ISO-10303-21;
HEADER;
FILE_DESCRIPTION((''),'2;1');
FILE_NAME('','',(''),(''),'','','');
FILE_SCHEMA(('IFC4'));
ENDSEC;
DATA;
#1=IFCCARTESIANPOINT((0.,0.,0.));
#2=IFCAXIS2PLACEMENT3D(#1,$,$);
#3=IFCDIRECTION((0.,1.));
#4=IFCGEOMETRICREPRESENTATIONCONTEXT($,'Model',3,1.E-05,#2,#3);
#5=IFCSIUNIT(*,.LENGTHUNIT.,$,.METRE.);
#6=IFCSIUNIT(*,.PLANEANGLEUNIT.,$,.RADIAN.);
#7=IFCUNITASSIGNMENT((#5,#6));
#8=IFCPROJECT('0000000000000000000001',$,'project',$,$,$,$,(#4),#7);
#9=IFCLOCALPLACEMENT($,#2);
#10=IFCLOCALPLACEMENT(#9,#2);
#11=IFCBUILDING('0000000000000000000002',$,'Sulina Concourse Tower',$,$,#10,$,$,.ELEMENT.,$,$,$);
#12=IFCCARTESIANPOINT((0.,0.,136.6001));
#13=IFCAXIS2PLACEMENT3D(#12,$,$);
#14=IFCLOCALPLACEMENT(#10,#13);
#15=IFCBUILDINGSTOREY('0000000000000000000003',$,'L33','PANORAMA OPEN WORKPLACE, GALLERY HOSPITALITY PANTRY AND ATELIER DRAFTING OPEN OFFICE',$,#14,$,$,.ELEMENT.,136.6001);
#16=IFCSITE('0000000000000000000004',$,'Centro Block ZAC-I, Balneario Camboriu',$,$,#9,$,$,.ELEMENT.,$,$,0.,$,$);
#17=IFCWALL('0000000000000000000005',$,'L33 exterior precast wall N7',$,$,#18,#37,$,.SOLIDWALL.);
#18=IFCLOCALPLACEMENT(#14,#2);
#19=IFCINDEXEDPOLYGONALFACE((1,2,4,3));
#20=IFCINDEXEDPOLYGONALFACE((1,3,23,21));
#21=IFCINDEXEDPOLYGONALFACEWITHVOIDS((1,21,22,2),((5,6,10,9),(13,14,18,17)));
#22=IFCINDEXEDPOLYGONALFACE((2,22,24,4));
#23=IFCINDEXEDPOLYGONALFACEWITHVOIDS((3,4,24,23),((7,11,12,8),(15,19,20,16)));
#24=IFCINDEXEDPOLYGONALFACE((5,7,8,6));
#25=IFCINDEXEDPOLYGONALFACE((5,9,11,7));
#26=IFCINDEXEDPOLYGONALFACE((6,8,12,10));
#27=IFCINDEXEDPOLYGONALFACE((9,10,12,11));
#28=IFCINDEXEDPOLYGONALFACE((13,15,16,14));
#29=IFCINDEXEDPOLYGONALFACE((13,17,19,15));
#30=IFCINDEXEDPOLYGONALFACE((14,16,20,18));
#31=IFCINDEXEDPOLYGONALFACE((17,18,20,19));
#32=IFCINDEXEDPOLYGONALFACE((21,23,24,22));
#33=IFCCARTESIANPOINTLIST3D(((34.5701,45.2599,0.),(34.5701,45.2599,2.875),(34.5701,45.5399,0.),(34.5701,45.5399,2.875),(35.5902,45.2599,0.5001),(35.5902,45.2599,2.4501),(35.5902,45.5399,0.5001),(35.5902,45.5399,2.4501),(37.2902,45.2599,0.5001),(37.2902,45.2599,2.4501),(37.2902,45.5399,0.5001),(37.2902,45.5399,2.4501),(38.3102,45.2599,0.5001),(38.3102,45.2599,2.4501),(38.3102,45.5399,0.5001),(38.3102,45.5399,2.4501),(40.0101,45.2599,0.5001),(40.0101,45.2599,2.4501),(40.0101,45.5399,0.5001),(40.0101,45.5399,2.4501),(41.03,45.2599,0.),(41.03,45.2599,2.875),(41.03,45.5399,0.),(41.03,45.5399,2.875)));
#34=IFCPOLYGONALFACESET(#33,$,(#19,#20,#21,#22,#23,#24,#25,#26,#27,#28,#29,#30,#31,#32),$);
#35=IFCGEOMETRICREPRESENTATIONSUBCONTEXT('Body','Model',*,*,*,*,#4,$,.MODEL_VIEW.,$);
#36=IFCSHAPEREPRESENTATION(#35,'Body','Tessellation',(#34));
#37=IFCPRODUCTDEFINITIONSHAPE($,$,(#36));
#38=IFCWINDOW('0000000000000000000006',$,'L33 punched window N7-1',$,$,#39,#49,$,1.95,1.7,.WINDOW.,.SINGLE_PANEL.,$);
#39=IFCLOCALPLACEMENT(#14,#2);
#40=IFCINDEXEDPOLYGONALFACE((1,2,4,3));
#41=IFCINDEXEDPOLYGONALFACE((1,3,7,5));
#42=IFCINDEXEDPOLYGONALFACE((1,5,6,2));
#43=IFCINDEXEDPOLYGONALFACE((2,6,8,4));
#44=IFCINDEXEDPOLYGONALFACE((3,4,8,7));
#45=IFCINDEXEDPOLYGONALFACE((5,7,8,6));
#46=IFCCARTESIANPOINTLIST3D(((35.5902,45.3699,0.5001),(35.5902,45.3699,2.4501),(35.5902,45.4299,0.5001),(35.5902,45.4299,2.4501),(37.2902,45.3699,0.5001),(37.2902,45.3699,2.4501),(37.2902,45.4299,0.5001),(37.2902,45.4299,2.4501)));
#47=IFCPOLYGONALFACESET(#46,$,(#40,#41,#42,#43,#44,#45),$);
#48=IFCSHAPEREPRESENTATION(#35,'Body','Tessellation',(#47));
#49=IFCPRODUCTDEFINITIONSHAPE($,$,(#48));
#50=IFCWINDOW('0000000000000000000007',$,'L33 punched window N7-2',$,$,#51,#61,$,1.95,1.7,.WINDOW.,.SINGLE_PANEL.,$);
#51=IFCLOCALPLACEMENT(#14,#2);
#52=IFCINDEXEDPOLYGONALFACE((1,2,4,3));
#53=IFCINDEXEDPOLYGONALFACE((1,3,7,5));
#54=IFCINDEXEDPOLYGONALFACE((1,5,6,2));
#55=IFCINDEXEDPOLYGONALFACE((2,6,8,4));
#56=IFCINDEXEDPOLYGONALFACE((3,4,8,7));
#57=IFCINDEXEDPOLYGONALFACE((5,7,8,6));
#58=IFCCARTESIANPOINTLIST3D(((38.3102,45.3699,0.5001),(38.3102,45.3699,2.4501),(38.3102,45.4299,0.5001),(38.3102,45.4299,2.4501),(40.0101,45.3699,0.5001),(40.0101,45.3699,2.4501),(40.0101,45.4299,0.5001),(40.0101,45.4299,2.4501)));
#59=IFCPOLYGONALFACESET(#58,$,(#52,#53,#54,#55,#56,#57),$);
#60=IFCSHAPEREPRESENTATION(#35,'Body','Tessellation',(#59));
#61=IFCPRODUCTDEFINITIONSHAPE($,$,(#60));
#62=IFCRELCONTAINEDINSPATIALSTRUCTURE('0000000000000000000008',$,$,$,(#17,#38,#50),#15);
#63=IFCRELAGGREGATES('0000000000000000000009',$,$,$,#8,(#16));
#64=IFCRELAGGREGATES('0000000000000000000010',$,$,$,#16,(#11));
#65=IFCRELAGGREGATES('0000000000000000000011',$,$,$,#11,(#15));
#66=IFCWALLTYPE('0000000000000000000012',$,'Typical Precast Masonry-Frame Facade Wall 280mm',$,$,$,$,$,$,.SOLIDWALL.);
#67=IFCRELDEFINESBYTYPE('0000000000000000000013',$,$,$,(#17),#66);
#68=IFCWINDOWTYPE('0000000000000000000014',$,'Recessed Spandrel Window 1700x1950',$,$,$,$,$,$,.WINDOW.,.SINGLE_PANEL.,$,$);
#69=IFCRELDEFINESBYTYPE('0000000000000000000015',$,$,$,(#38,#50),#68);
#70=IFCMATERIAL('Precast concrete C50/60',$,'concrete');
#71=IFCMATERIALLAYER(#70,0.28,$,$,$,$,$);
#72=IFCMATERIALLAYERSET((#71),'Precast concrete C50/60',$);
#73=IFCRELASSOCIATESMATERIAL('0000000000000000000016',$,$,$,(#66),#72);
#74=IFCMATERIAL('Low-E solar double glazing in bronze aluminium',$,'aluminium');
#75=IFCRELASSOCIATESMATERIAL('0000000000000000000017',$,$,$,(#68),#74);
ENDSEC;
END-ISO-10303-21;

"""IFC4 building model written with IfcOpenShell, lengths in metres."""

from ifc_helpers import new_model, si_unit, direction, frame, frame_2d, origin, place, context, subcontext, project, spatial, rectangle, extrude, material, layer, layer_set, type_object, element, fill, save


model = new_model("IFC4")

# Units and contexts
model_context = context("Model", 3, precision=1e-05, world=origin(), true_north=direction((0.0, 1.0)))
body_context = subcontext(model_context, "Body", "Model", "MODEL_VIEW")
ifc_project = project(units=[si_unit("LENGTHUNIT", "METRE"), si_unit("PLANEANGLEUNIT", "RADIAN")], contexts=[model_context])

# Site, building, storey
site_placement = place(None, origin())
site = spatial("IfcSite", under=ifc_project, at=site_placement, Name="Centro Block ZAC-I, Balneario Camboriu", CompositionType="ELEMENT", RefElevation=0.0)
building_placement = place(site_placement, origin())
building = spatial("IfcBuilding", under=site, at=building_placement, Name="Sulina Concourse Tower", CompositionType="ELEMENT")
storey_placement = place(building_placement, frame((0.0, 0.0, 136.6001)))
storey = spatial("IfcBuildingStorey", under=building, at=storey_placement, Name="L33", Description="PANORAMA OPEN WORKPLACE, GALLERY HOSPITALITY PANTRY AND ATELIER DRAFTING OPEN OFFICE", CompositionType="ELEMENT", Elevation=136.6001)

# Shared definitions
ifc_material_1 = material(Name="Precast concrete C50/60", Category="concrete")
ifc_layer_1 = layer(ifc_material_1, 0.28)
ifc_layer_set_1 = layer_set([ifc_layer_1], Name="Precast concrete C50/60")
wall_type_1 = type_object("IfcWallType", Name="Typical Precast Masonry-Frame Facade Wall 280mm", PredefinedType="SOLIDWALL", material=ifc_layer_set_1)
ifc_material_2 = material(Name="Low-E solar double glazing in bronze aluminium", Category="aluminium")
window_type = type_object("IfcWindowType", Name="Recessed Spandrel Window 1700x1950", PartitioningType="SINGLE_PANEL", PredefinedType="WINDOW", material=ifc_material_2)

# Wall, openings, windows
wall_1_placement = place(storey_placement, frame((34.5701, 45.3999, 0.0), z_axis=(0.0, 0.0, 1.0), x_axis=(1.0, 0.0, 0.0)))
wall_1 = element("IfcWall", 1, at=wall_1_placement, inside=storey, type_object=wall_type_1, Name="L33 exterior precast wall N7", PredefinedType="SOLIDWALL", context=body_context, shape_type="SweptSolid", body=[
    extrude(rectangle(XDim=6.46, YDim=0.28, at=frame_2d((3.23, 0.0))), origin(), (0.0, 0.0, 1.0), 2.875),
])
opening_1_placement = place(wall_1_placement, frame((1.02, 0.0, 0.5)))
opening_1 = element("IfcOpeningElement", 2, at=opening_1_placement, cuts=wall_1, PredefinedType="OPENING", context=body_context, shape_type="SweptSolid", body=[
    extrude(rectangle(XDim=1.7, YDim=1.95, at=frame_2d((0.8501, 0.9751))), frame((0.0, 0.1499, 0.0), z_axis=(0.0, -1.0, 0.0), x_axis=(1.0, 0.0, 0.0)), (0.0, 0.0, 1.0), 0.3),
])
opening_2_placement = place(wall_1_placement, frame((3.74, 0.0, 0.5)))
opening_2 = element("IfcOpeningElement", 3, at=opening_2_placement, cuts=wall_1, PredefinedType="OPENING", context=body_context, shape_type="SweptSolid", body=[
    extrude(rectangle(XDim=1.7, YDim=1.95, at=frame_2d((0.8501, 0.9751))), frame((0.0, 0.1499, 0.0), z_axis=(0.0, -1.0, 0.0), x_axis=(1.0, 0.0, 0.0)), (0.0, 0.0, 1.0), 0.3),
])
window_1_placement = place(opening_1_placement, origin())
window_1 = element("IfcWindow", 4, at=window_1_placement, inside=storey, type_object=window_type, Name="L33 punched window N7-1", OverallHeight=1.95, OverallWidth=1.7, PartitioningType="SINGLE_PANEL", PredefinedType="WINDOW", context=body_context, shape_type="SweptSolid", body=[
    extrude(rectangle(XDim=1.7, YDim=1.95, at=frame_2d((0.8501, 0.9751))), frame((0.0, 0.03, 0.0), z_axis=(0.0, -1.0, 0.0), x_axis=(1.0, 0.0, 0.0)), (0.0, 0.0, 1.0), 0.0601),
])
fill(opening_1, window_1)
window_2_placement = place(opening_2_placement, origin())
window_2 = element("IfcWindow", 5, at=window_2_placement, inside=storey, type_object=window_type, Name="L33 punched window N7-2", OverallHeight=1.95, OverallWidth=1.7, PartitioningType="SINGLE_PANEL", PredefinedType="WINDOW", context=body_context, shape_type="SweptSolid", body=[
    extrude(rectangle(XDim=1.7, YDim=1.95, at=frame_2d((0.8501, 0.9751))), frame((0.0, 0.03, 0.0), z_axis=(0.0, -1.0, 0.0), x_axis=(1.0, 0.0, 0.0)), (0.0, 0.0, 1.0), 0.0601),
])
fill(opening_2, window_2)

save(model, "model.ifc")
